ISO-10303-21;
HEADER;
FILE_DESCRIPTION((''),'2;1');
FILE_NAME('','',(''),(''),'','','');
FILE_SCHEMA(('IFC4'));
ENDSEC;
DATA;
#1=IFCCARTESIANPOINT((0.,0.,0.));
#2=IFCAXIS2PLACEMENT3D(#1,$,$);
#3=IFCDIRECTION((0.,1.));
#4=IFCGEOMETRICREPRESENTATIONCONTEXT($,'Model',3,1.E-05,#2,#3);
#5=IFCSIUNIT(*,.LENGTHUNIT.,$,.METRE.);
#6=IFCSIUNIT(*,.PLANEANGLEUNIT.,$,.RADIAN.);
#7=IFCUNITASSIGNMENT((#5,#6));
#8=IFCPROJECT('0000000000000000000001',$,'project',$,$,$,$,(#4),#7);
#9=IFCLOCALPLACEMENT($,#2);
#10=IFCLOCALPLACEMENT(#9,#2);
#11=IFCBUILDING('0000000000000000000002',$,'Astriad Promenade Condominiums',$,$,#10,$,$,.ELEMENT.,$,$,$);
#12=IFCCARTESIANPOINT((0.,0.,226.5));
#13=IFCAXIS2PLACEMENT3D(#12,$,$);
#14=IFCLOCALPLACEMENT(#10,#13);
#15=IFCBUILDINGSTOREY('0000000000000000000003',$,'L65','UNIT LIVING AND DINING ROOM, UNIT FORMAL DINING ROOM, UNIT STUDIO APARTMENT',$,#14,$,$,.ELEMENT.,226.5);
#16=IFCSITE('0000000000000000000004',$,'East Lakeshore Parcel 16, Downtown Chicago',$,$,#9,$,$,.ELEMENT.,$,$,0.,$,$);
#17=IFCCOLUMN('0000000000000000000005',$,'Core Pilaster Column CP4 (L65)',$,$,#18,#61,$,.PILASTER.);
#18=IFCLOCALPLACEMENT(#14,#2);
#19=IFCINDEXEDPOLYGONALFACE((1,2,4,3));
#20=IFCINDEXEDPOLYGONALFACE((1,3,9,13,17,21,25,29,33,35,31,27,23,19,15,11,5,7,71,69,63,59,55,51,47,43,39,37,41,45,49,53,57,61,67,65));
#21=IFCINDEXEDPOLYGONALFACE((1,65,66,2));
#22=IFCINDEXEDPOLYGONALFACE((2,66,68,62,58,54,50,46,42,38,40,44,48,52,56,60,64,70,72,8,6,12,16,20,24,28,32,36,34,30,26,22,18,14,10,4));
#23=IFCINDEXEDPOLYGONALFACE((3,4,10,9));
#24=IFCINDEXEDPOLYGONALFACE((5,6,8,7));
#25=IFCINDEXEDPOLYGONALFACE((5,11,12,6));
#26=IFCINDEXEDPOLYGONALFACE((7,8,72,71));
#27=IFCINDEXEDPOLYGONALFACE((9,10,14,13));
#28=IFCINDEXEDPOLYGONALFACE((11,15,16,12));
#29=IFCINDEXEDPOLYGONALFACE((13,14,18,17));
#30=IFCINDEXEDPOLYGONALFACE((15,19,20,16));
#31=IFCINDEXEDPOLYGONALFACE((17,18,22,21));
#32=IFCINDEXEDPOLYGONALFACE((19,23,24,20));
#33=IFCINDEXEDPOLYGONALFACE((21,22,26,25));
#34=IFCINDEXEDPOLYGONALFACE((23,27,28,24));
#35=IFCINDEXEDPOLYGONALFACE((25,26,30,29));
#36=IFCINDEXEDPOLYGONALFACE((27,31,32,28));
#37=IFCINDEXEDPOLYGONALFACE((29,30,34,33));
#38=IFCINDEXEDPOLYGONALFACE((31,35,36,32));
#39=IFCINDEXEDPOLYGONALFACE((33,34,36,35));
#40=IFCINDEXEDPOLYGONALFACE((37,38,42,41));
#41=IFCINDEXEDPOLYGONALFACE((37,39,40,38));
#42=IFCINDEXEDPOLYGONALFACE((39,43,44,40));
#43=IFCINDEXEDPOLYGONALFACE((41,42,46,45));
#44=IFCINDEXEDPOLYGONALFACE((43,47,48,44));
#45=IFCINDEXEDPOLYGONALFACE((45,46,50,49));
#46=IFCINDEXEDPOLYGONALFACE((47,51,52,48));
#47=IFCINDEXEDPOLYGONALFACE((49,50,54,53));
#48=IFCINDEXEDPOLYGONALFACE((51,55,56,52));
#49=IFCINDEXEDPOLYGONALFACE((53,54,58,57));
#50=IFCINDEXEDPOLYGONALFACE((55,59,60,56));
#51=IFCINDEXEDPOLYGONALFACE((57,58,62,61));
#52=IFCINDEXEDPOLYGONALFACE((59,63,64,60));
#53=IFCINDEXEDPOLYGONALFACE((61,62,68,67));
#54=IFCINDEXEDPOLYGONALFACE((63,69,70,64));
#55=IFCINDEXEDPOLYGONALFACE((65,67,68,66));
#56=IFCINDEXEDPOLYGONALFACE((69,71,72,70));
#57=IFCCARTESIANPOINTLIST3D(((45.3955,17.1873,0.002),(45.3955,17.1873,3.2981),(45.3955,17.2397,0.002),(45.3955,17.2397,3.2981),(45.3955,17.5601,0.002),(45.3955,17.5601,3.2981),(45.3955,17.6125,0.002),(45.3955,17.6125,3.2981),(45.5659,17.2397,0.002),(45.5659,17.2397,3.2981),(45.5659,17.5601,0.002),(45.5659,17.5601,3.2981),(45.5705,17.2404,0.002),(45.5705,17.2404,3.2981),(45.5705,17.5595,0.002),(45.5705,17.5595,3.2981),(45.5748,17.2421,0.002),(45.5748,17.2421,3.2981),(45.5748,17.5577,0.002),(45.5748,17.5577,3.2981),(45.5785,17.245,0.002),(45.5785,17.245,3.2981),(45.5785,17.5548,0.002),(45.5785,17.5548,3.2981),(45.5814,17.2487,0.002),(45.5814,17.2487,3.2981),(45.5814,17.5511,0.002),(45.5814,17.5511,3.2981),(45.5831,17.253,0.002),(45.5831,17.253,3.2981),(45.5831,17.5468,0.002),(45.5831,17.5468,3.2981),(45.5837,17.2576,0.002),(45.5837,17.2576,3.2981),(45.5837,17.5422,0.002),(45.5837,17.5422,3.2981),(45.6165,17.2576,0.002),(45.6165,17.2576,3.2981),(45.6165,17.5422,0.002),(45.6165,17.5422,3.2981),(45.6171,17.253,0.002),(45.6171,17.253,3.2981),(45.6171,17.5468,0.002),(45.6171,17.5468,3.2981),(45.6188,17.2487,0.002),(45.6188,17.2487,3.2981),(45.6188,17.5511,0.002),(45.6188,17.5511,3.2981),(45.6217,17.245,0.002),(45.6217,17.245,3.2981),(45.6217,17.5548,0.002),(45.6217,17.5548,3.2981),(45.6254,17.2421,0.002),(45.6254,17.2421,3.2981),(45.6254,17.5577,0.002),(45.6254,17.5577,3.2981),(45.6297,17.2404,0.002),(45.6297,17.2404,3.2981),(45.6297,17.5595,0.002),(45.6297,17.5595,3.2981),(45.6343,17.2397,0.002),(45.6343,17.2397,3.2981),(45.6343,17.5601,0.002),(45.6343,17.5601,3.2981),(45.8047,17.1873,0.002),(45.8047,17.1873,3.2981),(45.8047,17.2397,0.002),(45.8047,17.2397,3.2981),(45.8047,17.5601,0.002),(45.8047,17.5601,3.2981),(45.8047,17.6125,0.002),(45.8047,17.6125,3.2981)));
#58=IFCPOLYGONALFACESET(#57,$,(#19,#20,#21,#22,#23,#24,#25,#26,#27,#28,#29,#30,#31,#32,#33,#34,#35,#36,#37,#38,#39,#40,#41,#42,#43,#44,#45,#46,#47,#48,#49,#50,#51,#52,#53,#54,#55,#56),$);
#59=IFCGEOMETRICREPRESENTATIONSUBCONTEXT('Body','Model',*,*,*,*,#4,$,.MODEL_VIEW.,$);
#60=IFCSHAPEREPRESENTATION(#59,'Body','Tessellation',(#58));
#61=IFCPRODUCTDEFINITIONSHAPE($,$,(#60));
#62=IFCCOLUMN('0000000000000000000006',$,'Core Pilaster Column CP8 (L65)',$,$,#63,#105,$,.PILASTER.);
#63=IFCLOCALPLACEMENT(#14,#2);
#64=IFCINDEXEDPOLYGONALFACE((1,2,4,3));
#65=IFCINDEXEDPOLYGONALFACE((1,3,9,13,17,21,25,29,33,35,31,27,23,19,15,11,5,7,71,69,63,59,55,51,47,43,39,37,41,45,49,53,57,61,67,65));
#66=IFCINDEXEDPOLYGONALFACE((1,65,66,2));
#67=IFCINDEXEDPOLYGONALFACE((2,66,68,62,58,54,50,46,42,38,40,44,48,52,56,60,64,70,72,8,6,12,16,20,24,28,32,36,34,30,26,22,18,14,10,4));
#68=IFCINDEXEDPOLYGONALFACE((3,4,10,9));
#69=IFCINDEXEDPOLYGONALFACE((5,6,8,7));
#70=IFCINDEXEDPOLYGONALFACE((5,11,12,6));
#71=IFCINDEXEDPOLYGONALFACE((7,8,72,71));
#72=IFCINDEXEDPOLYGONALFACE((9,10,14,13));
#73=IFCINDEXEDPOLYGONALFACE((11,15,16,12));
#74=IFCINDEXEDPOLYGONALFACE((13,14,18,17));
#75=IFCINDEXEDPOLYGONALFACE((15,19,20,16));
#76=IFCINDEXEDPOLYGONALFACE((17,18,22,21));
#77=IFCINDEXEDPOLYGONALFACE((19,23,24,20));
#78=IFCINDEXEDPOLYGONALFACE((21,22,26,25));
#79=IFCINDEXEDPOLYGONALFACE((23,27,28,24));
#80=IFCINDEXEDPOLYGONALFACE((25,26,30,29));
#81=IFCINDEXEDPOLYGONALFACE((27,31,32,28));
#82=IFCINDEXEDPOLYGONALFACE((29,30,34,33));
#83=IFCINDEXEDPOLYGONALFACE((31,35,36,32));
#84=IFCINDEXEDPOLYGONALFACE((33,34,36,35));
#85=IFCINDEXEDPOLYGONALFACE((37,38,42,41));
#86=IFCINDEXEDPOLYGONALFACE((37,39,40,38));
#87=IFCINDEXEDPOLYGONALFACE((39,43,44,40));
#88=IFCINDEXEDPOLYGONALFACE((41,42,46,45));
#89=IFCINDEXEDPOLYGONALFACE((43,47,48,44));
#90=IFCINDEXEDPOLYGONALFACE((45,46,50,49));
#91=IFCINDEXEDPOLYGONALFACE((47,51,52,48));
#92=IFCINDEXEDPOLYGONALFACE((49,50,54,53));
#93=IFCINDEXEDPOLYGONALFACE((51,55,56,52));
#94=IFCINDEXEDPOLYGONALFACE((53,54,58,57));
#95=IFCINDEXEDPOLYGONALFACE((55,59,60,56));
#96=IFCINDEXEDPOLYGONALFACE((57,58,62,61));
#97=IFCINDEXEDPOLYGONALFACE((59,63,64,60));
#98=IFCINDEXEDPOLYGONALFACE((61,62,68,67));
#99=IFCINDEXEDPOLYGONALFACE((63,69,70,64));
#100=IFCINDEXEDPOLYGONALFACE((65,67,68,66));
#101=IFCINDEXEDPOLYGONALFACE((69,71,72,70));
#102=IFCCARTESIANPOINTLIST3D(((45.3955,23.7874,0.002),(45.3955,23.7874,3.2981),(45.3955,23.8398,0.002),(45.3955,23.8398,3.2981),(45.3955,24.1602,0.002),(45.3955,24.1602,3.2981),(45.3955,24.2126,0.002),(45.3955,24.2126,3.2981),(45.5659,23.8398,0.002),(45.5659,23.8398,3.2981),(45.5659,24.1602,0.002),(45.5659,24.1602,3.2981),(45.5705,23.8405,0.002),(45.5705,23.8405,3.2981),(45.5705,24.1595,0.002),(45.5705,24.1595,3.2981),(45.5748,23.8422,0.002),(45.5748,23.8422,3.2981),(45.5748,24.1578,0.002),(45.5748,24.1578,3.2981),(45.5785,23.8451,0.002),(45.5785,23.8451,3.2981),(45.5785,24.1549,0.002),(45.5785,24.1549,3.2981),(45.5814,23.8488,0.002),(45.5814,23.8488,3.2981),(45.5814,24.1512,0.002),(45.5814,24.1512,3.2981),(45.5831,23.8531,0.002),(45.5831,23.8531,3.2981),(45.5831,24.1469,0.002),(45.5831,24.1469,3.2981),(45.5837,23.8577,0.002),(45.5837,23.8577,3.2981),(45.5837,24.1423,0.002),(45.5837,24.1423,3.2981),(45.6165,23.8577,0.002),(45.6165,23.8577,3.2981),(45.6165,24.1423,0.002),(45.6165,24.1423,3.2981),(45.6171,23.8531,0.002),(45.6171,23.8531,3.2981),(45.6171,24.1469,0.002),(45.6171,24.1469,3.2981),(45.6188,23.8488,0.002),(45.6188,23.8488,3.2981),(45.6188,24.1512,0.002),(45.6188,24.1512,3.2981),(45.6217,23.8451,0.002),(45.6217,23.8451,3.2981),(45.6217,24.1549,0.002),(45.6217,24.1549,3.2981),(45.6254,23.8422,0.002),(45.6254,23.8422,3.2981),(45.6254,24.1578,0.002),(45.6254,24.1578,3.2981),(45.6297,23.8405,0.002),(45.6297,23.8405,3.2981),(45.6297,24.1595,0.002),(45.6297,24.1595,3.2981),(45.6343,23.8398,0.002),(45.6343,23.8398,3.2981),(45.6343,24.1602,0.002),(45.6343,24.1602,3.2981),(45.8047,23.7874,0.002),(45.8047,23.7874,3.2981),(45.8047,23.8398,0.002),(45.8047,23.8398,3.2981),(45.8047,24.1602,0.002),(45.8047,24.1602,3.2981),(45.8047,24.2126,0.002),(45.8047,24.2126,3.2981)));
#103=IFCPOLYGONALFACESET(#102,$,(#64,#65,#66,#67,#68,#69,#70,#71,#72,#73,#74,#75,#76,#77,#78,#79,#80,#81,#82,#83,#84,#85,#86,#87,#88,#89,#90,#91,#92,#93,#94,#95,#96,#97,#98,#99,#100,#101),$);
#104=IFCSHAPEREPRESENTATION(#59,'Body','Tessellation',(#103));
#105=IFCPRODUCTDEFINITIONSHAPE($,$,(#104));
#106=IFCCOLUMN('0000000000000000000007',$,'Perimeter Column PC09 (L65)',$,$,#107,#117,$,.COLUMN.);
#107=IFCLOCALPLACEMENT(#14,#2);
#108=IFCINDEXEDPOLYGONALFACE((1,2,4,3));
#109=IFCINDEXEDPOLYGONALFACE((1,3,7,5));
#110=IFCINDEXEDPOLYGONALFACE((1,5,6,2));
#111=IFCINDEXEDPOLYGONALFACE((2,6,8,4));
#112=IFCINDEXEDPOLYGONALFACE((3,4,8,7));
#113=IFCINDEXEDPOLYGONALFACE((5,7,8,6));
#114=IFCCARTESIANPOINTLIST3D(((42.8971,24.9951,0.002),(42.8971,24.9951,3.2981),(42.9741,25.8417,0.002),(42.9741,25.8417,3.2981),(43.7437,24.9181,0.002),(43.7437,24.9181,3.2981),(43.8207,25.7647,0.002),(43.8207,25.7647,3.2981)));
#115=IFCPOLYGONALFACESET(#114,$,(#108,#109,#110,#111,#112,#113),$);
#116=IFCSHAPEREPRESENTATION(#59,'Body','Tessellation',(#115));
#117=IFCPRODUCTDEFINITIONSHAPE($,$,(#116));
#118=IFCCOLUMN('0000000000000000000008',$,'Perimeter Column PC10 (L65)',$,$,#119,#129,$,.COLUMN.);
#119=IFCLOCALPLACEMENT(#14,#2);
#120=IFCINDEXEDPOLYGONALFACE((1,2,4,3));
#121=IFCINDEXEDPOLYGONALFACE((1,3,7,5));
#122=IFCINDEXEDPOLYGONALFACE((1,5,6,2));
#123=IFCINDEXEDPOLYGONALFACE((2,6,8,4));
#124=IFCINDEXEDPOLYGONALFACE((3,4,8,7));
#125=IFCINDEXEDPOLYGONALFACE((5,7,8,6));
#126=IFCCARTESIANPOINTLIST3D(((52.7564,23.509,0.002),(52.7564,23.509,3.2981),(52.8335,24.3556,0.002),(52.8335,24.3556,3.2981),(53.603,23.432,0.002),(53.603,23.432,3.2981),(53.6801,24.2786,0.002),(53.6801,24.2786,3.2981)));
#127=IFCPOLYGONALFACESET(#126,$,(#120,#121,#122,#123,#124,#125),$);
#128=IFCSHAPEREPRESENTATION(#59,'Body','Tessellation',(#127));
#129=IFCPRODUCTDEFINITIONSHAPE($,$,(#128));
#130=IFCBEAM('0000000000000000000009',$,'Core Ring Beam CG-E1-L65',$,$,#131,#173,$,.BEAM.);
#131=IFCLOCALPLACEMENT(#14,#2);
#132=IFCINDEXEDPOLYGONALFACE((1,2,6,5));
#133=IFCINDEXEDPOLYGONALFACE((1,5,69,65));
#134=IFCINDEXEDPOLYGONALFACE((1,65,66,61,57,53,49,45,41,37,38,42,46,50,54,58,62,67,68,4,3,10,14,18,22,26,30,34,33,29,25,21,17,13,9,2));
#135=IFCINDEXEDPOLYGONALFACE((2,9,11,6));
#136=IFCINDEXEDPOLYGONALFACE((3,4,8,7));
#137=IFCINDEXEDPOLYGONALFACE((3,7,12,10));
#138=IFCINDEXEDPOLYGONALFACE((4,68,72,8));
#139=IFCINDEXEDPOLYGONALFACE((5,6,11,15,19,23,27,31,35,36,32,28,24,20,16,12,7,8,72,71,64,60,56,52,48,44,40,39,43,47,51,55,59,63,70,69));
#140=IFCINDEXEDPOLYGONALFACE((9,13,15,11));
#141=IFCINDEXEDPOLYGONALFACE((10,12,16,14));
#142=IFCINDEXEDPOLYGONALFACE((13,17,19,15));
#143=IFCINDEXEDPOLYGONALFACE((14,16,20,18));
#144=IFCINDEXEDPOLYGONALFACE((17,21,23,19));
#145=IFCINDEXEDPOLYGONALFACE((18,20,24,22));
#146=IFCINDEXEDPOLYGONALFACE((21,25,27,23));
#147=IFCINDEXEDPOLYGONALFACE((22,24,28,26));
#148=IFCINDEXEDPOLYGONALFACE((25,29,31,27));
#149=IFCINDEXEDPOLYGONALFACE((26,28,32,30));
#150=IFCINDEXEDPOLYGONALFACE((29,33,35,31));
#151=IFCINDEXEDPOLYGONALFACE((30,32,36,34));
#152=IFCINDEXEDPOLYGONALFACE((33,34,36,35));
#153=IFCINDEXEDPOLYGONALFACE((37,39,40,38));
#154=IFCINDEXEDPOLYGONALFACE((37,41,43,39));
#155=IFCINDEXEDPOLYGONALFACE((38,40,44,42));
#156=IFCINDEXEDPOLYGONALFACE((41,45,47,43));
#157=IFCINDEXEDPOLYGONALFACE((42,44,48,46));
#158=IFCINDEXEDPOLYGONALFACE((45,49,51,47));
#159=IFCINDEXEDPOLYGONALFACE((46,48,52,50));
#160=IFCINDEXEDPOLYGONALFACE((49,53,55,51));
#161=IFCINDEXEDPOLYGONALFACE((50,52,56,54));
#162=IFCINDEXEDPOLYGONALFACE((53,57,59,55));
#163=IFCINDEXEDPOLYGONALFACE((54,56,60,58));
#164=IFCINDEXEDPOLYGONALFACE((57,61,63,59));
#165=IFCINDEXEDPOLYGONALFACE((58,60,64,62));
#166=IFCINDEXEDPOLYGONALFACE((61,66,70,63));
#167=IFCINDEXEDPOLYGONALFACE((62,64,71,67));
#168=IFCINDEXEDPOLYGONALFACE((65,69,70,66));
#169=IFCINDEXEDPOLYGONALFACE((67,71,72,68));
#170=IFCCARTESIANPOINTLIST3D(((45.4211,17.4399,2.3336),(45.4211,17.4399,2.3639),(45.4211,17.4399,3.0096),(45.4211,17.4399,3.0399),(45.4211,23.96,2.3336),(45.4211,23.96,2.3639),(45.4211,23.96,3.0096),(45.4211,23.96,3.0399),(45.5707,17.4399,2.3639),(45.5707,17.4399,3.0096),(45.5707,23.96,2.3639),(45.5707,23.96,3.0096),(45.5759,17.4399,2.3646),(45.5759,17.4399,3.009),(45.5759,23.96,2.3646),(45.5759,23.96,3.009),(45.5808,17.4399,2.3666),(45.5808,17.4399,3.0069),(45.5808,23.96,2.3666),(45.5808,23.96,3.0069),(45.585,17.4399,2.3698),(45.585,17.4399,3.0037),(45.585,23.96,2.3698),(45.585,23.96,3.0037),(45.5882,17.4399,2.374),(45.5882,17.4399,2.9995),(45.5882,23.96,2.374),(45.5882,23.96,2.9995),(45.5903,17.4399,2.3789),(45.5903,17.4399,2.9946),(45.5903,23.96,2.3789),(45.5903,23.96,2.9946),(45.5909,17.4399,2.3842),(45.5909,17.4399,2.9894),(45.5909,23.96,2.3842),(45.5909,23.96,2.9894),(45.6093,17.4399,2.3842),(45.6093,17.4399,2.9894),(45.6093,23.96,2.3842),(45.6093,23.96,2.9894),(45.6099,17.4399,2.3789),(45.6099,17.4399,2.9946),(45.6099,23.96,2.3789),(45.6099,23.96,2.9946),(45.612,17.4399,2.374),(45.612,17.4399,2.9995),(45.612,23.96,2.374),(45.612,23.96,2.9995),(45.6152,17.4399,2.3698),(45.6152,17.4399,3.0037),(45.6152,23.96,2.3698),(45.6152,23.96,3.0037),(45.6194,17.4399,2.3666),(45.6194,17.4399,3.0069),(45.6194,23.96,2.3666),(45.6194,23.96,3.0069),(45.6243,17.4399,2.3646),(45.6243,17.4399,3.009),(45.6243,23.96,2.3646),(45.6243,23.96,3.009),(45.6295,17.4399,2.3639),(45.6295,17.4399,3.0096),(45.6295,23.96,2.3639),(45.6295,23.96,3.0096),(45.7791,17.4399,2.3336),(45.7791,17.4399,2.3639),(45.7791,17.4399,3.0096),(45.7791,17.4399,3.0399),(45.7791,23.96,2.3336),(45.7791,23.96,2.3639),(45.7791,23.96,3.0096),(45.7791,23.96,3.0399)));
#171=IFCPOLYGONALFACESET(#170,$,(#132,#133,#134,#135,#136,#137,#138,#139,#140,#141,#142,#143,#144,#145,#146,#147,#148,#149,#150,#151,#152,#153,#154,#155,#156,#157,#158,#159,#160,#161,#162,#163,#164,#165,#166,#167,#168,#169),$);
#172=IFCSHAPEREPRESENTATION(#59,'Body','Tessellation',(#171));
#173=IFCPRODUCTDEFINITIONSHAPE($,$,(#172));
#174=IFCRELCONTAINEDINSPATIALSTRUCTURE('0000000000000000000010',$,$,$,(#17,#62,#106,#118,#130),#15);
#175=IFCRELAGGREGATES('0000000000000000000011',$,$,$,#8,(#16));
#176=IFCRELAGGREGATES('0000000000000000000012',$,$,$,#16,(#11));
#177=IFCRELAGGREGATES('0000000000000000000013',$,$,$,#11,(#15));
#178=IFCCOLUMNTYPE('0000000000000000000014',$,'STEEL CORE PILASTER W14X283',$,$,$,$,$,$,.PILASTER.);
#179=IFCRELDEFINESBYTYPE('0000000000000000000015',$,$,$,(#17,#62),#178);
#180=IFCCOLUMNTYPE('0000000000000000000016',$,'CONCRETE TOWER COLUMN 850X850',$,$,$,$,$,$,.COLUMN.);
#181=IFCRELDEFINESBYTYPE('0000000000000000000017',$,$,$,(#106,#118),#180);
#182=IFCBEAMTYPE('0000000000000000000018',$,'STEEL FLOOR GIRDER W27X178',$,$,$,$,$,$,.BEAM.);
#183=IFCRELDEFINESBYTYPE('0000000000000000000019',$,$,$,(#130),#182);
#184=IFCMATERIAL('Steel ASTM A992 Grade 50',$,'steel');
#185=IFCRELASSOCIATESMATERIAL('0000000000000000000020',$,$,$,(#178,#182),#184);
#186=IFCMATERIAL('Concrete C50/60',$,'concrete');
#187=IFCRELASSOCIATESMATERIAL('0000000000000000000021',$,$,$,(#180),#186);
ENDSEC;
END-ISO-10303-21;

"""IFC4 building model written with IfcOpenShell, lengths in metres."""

from ifc_helpers import new_model, si_unit, direction, frame, origin, origin_2d, place, context, subcontext, project, spatial, rectangle, i_section, extrude, source, transform, mapped, material, material_profile, profile_set, type_object, type_shapes, element, save


model = new_model("IFC4")

# Units and contexts
model_context = context("Model", 3, precision=1e-05, world=origin(), true_north=direction((0.0, 1.0)))
body_context = subcontext(model_context, "Body", "Model", "MODEL_VIEW")
ifc_project = project(units=[si_unit("LENGTHUNIT", "METRE"), si_unit("PLANEANGLEUNIT", "RADIAN")], contexts=[model_context])

# Site, building, storey
site_placement = place(None, origin())
site = spatial("IfcSite", under=ifc_project, at=site_placement, Name="East Lakeshore Parcel 16, Downtown Chicago", CompositionType="ELEMENT", RefElevation=0.0)
building_placement = place(site_placement, origin())
building = spatial("IfcBuilding", under=site, at=building_placement, Name="Astriad Promenade Condominiums", CompositionType="ELEMENT")
storey_placement = place(building_placement, frame((0.0, 0.0, 226.5)))
storey = spatial("IfcBuildingStorey", under=building, at=storey_placement, Name="L65", Description="UNIT LIVING AND DINING ROOM, UNIT FORMAL DINING ROOM, UNIT STUDIO APARTMENT", CompositionType="ELEMENT", Elevation=226.5)

# Columns
ifc_material_1 = material(Name="Steel ASTM A992 Grade 50", Category="steel")
ifc_material_profile_1 = material_profile(ifc_material_1, i_section(OverallWidth=0.4092, OverallDepth=0.4253, WebThickness=0.0327, FlangeThickness=0.0525, FilletRadius=0.0178, at=origin_2d()), Name="W14X283")
ifc_profile_set_1 = profile_set([ifc_material_profile_1], Name="Steel ASTM A992 Grade 50")
column_type_1 = type_object("IfcColumnType", Name="STEEL CORE PILASTER W14X283", PredefinedType="PILASTER", material=ifc_profile_set_1)
shared_shape_1 = source(origin(), body_context, "Body", "SweptSolid", [
    extrude(i_section(OverallWidth=0.4092, OverallDepth=0.4253, WebThickness=0.0327, FlangeThickness=0.0525, FilletRadius=0.0178, at=origin_2d()), origin(), (0.0, 0.0, 1.0), 3.2961),
])
type_shapes(column_type_1, [shared_shape_1])
for number, where, z_axis, x_axis, name in (
    (1, (45.6001, 17.3999, 0.002), (0.0, 0.0, 1.0), (1.0, 0.0, 0.0), "Core Pilaster Column CP4 (L65)"),
    (2, (45.6001, 24.0, 0.002), (0.0, 0.0, 1.0), (1.0, 0.0, 0.0), "Core Pilaster Column CP8 (L65)"),
):
    element("IfcColumn", number, at=place(storey_placement, frame(where, z_axis=z_axis, x_axis=x_axis)), inside=storey, type_object=column_type_1, Name=name, PredefinedType="PILASTER", context=body_context, shape_type="MappedRepresentation", body=[
        mapped(shared_shape_1, transform((0.0, 0.0, 0.0), scale=1.0)),
    ])
ifc_material_2 = material(Name="Concrete C50/60", Category="concrete")
ifc_material_profile_2 = material_profile(ifc_material_2, rectangle(XDim=0.8501, YDim=0.8501, at=origin_2d()), Name="RC-COL-850X850")
ifc_profile_set_2 = profile_set([ifc_material_profile_2], Name="Concrete C50/60")
column_type_2 = type_object("IfcColumnType", Name="CONCRETE TOWER COLUMN 850X850", PredefinedType="COLUMN", material=ifc_profile_set_2)
shared_shape_2 = source(origin(), body_context, "Body", "SweptSolid", [
    extrude(rectangle(XDim=0.8501, YDim=0.8501, at=origin_2d()), origin(), (0.0, 0.0, 1.0), 3.2961),
])
type_shapes(column_type_2, [shared_shape_2])
for number, where, z_axis, x_axis, name in (
    (3, (43.3589, 25.3799, 0.002), (0.0, 0.0, 1.0), (0.995884, -0.090633, 0.0), "Perimeter Column PC09 (L65)"),
    (4, (53.2183, 23.8938, 0.002), (0.0, 0.0, 1.0), (0.995884, -0.090633, 0.0), "Perimeter Column PC10 (L65)"),
):
    element("IfcColumn", number, at=place(storey_placement, frame(where, z_axis=z_axis, x_axis=x_axis)), inside=storey, type_object=column_type_2, Name=name, PredefinedType="COLUMN", context=body_context, shape_type="MappedRepresentation", body=[
        mapped(shared_shape_2, transform((0.0, 0.0, 0.0), scale=1.0)),
    ])

# Beam
ifc_material_profile_3 = material_profile(ifc_material_1, i_section(OverallWidth=0.3579, OverallDepth=0.7063, WebThickness=0.0183, FlangeThickness=0.0303, FilletRadius=0.0203, at=origin_2d()), Name="W27X178")
ifc_profile_set_3 = profile_set([ifc_material_profile_3], Name="Steel ASTM A992 Grade 50")
beam_type_1 = type_object("IfcBeamType", Name="STEEL FLOOR GIRDER W27X178", PredefinedType="BEAM", material=ifc_profile_set_3)
shared_shape_3 = source(origin(), body_context, "Body", "SweptSolid", [
    extrude(i_section(OverallWidth=0.3579, OverallDepth=0.7063, WebThickness=0.0183, FlangeThickness=0.0303, FilletRadius=0.0203, at=origin_2d()), origin(), (0.0, 0.0, 1.0), 6.52),
])
type_shapes(beam_type_1, [shared_shape_3])
beam_1_placement = place(storey_placement, frame((45.6001, 17.4399, 2.6868), z_axis=(0.0, 1.0, 0.0), x_axis=(-1.0, 0.0, 0.0)))
element("IfcBeam", 5, at=beam_1_placement, inside=storey, type_object=beam_type_1, Name="Core Ring Beam CG-E1-L65", PredefinedType="BEAM", context=body_context, shape_type="MappedRepresentation", body=[
    mapped(shared_shape_3, transform((0.0, 0.0, 0.0), scale=1.0)),
])

save(model, "model.ifc")
